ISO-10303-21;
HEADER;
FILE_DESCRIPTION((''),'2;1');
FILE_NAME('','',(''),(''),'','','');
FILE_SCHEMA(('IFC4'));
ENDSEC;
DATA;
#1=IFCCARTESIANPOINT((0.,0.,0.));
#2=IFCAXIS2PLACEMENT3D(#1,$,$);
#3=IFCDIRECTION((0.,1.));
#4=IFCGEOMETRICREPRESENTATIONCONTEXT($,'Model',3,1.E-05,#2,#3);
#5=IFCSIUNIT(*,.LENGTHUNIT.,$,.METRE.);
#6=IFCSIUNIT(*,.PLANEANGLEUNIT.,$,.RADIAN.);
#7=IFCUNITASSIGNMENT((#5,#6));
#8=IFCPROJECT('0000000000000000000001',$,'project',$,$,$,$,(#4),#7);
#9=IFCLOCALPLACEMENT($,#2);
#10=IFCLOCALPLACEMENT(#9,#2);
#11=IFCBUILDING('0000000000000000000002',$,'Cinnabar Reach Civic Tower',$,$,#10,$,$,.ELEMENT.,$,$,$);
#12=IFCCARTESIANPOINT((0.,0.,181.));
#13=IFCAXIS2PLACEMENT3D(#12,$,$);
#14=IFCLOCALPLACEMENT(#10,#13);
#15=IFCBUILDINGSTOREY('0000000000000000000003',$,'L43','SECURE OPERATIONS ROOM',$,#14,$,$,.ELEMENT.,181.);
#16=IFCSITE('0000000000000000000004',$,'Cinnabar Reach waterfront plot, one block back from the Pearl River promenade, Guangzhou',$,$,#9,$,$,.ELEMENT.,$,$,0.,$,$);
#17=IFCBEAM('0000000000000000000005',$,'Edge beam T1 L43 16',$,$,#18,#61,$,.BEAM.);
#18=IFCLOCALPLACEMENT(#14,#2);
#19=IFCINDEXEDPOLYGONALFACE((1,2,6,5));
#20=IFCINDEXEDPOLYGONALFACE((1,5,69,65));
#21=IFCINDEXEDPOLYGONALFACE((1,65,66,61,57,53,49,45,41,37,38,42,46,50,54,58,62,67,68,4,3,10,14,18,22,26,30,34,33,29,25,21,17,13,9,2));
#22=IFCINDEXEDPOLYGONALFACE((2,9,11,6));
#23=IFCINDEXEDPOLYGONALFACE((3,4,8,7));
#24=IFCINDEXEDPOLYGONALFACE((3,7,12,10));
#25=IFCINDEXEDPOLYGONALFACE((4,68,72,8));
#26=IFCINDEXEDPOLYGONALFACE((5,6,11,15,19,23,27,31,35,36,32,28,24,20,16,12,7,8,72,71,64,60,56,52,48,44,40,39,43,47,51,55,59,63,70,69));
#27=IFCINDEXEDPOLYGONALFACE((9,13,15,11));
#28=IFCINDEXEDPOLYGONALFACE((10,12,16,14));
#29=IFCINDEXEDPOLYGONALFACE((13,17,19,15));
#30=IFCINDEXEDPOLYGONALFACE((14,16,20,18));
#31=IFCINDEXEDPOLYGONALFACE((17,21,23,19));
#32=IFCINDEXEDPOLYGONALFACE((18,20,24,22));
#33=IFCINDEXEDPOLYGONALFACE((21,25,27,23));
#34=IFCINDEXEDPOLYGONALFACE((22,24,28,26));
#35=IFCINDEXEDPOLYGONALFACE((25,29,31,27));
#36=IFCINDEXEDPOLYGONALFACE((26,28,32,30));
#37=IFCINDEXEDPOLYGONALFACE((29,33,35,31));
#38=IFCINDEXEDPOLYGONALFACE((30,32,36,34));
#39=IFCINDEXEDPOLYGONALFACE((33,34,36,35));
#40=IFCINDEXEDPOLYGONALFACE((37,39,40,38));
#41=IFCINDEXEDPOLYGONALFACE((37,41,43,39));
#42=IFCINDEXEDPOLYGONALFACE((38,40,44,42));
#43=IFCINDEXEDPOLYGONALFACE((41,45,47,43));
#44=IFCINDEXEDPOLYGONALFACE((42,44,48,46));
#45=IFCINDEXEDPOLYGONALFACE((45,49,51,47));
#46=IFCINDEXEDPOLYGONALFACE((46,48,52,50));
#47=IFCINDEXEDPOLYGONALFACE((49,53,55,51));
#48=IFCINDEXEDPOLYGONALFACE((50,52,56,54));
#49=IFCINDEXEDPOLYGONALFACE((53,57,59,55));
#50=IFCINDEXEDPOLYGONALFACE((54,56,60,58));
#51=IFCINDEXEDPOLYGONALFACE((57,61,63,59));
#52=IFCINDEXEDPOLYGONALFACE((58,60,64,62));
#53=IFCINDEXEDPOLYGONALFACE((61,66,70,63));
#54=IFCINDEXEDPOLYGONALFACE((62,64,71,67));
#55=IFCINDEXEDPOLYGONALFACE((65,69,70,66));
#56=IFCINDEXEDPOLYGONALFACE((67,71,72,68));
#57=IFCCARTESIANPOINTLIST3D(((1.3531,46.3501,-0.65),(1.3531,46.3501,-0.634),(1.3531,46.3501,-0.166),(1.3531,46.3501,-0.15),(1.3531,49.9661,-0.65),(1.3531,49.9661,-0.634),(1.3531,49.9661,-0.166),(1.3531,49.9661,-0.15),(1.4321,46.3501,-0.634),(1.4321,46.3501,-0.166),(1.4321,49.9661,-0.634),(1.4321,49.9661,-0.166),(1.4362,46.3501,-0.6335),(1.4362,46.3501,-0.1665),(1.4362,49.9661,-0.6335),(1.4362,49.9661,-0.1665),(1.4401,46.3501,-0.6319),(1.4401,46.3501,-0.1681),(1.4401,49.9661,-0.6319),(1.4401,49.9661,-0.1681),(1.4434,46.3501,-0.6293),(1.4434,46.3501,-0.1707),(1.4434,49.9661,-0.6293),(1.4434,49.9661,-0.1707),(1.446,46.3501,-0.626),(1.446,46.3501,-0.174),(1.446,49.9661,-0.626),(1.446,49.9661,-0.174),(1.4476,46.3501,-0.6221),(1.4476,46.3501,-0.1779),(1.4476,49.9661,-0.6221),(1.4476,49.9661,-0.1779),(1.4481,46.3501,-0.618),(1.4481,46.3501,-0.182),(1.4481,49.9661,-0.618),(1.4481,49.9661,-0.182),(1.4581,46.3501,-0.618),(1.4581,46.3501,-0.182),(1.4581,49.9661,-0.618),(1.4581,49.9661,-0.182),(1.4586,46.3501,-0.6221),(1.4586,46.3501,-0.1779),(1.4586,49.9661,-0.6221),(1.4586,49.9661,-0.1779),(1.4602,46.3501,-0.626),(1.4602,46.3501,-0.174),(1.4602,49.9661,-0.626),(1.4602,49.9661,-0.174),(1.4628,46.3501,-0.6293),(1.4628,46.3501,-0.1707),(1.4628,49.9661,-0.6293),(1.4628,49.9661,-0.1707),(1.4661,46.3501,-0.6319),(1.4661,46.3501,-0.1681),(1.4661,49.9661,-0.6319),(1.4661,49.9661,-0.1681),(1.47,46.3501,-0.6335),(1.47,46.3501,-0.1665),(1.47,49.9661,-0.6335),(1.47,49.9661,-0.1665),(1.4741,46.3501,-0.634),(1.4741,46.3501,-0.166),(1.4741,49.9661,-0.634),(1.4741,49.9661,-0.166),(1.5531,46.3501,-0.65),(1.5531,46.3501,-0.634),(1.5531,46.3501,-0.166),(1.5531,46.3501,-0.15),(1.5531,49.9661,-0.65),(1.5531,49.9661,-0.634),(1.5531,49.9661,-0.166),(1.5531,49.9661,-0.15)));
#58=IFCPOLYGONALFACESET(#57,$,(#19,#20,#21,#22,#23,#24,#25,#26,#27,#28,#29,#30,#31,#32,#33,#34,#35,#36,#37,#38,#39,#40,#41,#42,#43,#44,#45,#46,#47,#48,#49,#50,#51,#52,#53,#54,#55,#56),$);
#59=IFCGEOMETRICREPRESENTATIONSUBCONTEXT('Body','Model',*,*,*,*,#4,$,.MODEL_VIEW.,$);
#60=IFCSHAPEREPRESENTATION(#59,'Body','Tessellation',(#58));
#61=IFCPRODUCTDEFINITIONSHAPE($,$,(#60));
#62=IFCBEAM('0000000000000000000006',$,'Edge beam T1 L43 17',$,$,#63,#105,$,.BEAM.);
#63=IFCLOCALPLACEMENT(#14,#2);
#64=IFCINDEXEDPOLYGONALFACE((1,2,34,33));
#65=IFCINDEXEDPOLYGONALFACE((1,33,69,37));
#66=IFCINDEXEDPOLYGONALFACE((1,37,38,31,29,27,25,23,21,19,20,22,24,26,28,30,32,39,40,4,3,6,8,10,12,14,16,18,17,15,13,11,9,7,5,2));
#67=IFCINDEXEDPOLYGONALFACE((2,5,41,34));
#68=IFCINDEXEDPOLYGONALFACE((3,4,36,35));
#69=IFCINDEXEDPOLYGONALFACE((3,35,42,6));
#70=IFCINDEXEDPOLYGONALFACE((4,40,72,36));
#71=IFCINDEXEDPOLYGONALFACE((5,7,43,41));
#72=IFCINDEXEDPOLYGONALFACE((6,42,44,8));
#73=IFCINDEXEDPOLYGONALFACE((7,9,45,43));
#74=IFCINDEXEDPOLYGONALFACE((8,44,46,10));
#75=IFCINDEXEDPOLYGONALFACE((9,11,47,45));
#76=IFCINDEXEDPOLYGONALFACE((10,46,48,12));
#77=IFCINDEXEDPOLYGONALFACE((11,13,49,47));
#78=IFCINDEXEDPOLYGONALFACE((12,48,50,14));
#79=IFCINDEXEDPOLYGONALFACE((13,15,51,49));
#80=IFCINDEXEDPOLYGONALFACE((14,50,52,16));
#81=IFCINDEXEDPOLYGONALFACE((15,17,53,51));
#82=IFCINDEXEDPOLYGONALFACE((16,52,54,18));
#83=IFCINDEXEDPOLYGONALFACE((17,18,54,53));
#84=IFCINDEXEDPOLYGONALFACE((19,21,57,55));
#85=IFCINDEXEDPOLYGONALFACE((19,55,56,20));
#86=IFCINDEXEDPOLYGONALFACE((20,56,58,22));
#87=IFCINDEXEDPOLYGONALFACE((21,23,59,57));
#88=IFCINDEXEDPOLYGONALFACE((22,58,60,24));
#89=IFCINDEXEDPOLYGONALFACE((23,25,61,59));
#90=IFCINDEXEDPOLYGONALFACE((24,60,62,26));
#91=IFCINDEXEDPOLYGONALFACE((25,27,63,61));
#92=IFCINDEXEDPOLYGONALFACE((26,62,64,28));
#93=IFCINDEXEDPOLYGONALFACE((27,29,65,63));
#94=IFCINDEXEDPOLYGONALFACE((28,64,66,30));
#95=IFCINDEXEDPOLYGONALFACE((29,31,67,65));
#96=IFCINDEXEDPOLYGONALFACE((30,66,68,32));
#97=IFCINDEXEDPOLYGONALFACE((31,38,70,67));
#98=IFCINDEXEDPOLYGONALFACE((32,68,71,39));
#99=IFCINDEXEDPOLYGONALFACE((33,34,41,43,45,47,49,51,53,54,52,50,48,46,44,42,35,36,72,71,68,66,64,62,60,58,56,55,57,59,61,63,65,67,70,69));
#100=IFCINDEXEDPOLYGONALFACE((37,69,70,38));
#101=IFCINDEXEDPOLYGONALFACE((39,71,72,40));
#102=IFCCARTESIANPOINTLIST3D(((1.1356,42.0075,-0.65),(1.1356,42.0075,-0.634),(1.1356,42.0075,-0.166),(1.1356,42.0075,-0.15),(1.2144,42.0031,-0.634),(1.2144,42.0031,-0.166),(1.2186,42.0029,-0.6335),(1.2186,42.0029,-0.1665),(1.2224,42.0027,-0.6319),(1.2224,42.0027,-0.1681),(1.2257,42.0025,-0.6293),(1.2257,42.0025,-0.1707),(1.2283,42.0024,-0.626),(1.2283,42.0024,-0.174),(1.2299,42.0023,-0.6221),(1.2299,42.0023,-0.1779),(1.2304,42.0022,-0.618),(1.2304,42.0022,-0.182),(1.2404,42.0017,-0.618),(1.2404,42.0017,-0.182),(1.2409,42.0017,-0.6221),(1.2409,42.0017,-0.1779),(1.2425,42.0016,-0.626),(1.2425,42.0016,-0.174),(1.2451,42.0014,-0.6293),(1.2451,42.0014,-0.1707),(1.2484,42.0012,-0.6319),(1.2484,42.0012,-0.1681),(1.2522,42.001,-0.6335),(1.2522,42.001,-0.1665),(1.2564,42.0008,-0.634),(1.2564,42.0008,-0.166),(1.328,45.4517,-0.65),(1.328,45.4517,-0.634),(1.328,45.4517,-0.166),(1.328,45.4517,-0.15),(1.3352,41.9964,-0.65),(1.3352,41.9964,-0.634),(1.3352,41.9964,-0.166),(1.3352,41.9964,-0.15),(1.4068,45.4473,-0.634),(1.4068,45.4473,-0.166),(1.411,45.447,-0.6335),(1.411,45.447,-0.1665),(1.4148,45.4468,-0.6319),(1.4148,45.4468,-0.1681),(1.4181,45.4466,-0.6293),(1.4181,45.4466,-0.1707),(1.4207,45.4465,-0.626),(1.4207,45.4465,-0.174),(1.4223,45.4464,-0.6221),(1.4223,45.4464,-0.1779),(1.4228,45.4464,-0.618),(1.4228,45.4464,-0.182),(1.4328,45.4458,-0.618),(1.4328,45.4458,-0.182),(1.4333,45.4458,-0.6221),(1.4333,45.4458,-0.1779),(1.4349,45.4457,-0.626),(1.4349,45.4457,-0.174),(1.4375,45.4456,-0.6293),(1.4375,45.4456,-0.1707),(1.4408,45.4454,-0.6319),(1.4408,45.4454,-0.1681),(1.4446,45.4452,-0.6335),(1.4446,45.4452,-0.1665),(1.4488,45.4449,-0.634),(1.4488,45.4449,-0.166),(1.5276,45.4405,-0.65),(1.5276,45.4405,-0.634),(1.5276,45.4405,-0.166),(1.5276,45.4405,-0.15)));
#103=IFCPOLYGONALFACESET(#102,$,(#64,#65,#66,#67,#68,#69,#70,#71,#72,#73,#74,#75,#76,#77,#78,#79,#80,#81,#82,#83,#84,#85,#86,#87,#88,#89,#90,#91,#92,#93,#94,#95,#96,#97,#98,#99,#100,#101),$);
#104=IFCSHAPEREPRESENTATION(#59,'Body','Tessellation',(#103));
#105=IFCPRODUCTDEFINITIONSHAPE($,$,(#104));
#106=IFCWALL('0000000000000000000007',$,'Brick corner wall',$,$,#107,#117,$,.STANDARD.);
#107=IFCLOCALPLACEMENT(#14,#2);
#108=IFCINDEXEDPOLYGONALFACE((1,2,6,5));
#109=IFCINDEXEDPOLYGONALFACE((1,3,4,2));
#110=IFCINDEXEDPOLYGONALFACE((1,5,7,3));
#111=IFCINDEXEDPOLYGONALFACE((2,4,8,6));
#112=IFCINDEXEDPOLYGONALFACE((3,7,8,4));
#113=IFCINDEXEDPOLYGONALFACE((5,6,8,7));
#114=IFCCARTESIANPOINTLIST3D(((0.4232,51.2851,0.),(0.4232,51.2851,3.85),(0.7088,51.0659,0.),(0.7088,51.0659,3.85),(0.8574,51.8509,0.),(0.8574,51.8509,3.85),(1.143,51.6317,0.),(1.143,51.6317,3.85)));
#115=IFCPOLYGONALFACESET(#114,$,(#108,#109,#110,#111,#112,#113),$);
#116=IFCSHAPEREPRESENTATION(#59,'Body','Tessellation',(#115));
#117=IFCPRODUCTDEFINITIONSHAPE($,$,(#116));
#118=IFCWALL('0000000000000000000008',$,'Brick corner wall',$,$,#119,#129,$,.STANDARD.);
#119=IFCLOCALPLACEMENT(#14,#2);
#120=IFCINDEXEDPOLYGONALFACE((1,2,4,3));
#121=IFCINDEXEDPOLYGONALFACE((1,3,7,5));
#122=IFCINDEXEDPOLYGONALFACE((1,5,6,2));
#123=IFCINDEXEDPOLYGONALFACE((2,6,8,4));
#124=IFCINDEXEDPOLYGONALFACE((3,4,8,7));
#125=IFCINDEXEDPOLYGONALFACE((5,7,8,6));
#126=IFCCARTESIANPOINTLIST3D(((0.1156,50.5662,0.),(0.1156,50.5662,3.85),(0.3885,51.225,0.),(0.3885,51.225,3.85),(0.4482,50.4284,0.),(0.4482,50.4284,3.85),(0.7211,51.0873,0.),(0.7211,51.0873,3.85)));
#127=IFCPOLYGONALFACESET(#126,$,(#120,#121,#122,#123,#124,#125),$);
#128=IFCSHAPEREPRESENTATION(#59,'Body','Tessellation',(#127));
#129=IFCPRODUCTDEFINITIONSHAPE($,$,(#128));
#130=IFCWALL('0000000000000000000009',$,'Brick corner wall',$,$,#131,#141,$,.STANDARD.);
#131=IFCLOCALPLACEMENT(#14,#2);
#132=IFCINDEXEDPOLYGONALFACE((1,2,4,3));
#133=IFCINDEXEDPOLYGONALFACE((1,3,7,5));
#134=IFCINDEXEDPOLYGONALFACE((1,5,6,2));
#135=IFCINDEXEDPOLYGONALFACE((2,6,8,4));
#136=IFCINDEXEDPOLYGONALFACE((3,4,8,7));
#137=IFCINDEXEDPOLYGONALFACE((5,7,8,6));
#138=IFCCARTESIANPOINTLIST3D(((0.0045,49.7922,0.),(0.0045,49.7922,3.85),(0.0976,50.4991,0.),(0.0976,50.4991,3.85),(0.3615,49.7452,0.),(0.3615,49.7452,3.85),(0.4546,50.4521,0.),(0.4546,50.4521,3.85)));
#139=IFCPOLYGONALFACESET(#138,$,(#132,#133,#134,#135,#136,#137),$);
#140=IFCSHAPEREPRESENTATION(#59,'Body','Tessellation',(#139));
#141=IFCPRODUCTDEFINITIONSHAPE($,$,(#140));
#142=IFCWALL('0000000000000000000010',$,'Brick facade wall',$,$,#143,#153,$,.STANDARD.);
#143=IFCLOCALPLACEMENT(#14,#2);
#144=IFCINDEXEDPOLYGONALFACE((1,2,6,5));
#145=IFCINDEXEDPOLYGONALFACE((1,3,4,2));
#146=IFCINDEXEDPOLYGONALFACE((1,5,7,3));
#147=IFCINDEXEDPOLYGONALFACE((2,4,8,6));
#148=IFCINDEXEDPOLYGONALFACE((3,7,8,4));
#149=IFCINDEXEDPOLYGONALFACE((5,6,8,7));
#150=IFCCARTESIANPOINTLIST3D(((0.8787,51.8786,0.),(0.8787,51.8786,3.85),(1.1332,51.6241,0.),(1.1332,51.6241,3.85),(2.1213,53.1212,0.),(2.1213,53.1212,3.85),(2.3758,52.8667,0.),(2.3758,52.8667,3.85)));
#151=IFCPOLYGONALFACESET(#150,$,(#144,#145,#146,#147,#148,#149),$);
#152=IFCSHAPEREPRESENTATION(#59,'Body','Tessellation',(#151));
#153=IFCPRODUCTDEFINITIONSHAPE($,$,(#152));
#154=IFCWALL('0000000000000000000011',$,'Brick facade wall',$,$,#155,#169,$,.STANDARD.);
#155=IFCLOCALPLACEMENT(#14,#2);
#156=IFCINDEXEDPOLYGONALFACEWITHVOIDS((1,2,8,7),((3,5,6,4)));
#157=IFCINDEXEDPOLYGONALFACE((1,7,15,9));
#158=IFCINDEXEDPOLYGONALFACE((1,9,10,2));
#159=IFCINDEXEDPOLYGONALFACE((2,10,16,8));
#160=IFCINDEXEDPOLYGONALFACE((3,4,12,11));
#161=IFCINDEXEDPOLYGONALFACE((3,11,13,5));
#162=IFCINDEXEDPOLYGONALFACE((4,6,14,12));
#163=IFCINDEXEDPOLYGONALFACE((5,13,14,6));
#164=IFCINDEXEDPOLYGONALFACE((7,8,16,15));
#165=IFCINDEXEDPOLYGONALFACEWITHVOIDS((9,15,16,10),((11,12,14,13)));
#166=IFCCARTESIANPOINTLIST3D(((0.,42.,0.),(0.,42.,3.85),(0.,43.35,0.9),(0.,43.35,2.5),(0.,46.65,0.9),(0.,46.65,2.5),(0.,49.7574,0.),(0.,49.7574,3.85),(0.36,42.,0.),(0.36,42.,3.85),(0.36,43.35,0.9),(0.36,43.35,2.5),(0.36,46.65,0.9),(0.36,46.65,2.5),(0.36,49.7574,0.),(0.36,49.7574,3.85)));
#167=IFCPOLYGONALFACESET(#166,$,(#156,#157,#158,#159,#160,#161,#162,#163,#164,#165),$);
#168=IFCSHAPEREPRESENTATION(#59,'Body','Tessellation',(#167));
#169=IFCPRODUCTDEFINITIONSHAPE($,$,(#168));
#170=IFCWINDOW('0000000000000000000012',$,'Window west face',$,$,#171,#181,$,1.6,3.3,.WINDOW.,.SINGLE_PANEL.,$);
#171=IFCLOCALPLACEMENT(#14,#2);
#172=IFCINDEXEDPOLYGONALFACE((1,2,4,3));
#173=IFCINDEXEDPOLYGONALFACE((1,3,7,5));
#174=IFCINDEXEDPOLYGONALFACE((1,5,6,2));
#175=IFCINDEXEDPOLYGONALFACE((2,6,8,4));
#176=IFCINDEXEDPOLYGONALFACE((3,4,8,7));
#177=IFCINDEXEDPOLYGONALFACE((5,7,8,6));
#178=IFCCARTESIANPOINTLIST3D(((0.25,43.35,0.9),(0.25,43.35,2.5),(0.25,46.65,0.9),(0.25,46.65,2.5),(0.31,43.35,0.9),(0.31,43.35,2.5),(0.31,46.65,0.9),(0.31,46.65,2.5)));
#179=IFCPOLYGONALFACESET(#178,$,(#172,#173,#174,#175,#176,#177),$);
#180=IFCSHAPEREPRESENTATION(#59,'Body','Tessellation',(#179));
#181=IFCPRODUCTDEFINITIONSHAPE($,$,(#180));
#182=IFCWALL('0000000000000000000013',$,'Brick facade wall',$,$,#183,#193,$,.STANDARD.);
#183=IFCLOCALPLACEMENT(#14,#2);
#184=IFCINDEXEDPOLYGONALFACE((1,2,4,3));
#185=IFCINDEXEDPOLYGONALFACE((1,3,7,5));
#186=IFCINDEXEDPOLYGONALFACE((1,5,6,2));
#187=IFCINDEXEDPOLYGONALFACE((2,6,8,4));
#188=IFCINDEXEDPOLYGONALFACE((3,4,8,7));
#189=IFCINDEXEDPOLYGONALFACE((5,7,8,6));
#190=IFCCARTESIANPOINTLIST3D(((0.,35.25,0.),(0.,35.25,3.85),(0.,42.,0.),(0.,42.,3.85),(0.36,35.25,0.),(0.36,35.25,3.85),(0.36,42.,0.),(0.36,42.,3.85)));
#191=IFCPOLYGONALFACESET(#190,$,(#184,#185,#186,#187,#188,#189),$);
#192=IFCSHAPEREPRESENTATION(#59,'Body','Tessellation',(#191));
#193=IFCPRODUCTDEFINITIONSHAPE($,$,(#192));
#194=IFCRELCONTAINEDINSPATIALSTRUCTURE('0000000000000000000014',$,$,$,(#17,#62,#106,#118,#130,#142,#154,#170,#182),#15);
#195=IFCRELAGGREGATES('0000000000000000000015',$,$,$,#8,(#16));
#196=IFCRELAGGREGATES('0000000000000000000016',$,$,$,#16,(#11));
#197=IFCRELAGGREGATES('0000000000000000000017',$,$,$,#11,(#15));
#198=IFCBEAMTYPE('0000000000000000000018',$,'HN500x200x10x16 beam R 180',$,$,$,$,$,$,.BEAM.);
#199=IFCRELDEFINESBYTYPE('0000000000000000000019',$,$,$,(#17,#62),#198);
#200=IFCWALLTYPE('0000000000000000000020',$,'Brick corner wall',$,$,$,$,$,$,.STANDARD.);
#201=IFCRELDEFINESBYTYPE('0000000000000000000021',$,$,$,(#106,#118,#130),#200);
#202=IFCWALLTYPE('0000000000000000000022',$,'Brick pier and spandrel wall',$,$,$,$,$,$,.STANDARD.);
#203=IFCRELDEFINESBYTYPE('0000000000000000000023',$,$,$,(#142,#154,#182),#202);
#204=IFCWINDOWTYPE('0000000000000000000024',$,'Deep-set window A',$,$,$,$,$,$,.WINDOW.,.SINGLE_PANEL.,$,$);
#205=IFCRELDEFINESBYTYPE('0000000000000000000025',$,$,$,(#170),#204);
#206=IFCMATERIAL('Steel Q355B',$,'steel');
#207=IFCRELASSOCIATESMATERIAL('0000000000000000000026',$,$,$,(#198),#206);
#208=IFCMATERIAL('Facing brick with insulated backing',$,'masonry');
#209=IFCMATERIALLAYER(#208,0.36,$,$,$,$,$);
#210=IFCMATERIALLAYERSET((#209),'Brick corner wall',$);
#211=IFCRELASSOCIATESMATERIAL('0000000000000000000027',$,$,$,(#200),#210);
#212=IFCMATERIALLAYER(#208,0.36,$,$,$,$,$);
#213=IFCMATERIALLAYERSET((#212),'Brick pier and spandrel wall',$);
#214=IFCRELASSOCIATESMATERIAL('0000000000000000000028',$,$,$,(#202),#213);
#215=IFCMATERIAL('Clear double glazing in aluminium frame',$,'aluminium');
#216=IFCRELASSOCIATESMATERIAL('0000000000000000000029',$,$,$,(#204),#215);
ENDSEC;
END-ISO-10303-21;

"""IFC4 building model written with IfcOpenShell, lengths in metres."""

from ifc_helpers import new_model, si_unit, direction, frame, frame_2d, origin, origin_2d, place, context, subcontext, project, spatial, rectangle, i_section, extrude, material, layer, layer_set, material_profile, profile_set, type_object, element, fill, save


model = new_model("IFC4")

# Units and contexts
model_context = context("Model", 3, precision=1e-05, world=origin(), true_north=direction((0.0, 1.0)))
body_context = subcontext(model_context, "Body", "Model", "MODEL_VIEW")
ifc_project = project(units=[si_unit("LENGTHUNIT", "METRE"), si_unit("PLANEANGLEUNIT", "RADIAN")], contexts=[model_context])

# Site, building, storey
site_placement = place(None, origin())
site = spatial("IfcSite", under=ifc_project, at=site_placement, Name="Cinnabar Reach waterfront plot, one block back from the Pearl River promenade, Guangzhou", CompositionType="ELEMENT", RefElevation=0.0)
building_placement = place(site_placement, origin())
building = spatial("IfcBuilding", under=site, at=building_placement, Name="Cinnabar Reach Civic Tower", CompositionType="ELEMENT")
storey_placement = place(building_placement, frame((0.0, 0.0, 181.0)))
storey = spatial("IfcBuildingStorey", under=building, at=storey_placement, Name="L43", Description="SECURE OPERATIONS ROOM", CompositionType="ELEMENT", Elevation=181.0)

# Beams
ifc_material_1 = material(Name="Steel Q355B", Category="steel")
ifc_material_profile_1 = material_profile(ifc_material_1, i_section(OverallWidth=0.2, OverallDepth=0.5, WebThickness=0.01, FlangeThickness=0.016, FilletRadius=0.016, at=origin_2d()), Name="HN500x200x10x16")
ifc_profile_set_1 = profile_set([ifc_material_profile_1], Name="Steel Q355B")
beam_type_1 = type_object("IfcBeamType", Name="HN500x200x10x16 beam R 180", PredefinedType="BEAM", material=ifc_profile_set_1)
beam_1_placement = place(storey_placement, frame((1.4531, 49.9661, -0.4), z_axis=(0.0, -1.0, 0.0), x_axis=(1.0, 0.0, 0.0)))
element("IfcBeam", 1, at=beam_1_placement, inside=storey, type_object=beam_type_1, Name="Edge beam T1 L43 16", PredefinedType="BEAM", context=body_context, shape_type="SweptSolid", body=[
    extrude(i_section(OverallWidth=0.2, OverallDepth=0.5, WebThickness=0.01, FlangeThickness=0.016, FilletRadius=0.016, at=origin_2d()), origin(), (0.0, 0.0, 1.0), 3.616),
])
beam_2_placement = place(storey_placement, frame((1.4278, 45.4461, -0.4), z_axis=(-0.055777, -0.998443, 0.0), x_axis=(0.998443, -0.055777, 0.0)))
element("IfcBeam", 2, at=beam_2_placement, inside=storey, type_object=beam_type_1, Name="Edge beam T1 L43 17", PredefinedType="BEAM", context=body_context, shape_type="SweptSolid", body=[
    extrude(i_section(OverallWidth=0.2, OverallDepth=0.5, WebThickness=0.01, FlangeThickness=0.016, FilletRadius=0.016, at=origin_2d()), origin(), (0.0, 0.0, 1.0), 3.4495),
])

# Walls
ifc_material_2 = material(Name="Facing brick with insulated backing", Category="masonry")
ifc_layer_1 = layer(ifc_material_2, 0.36)
ifc_layer_set_1 = layer_set([ifc_layer_1], Name="Brick corner wall")
wall_type_1 = type_object("IfcWallType", Name="Brick corner wall", PredefinedType="STANDARD", material=ifc_layer_set_1)
wall_1_placement = place(storey_placement, frame((1.0002, 51.7413, 0.0), z_axis=(0.0, 0.0, 1.0), x_axis=(-0.608802, -0.793322, 0.0)))
element("IfcWall", 3, at=wall_1_placement, inside=storey, type_object=wall_type_1, Name="Brick corner wall", PredefinedType="STANDARD", context=body_context, shape_type="SweptSolid", body=[
    extrude(rectangle(XDim=0.7132, YDim=0.36, at=frame_2d((0.3566, 0.0))), origin(), (0.0, 0.0, 1.0), 3.85),
])
for number, where, z_axis, x_axis, name in (
    (4, (0.5548, 51.1561, 0.0), (0.0, 0.0, 1.0), (-0.382703, -0.923872, 0.0), "Brick corner wall"),
    (5, (0.2761, 50.4756, 0.0), (0.0, 0.0, 1.0), (-0.130556, -0.991441, 0.0), "Brick corner wall"),
):
    element("IfcWall", number, at=place(storey_placement, frame(where, z_axis=z_axis, x_axis=x_axis)), inside=storey, type_object=wall_type_1, Name=name, PredefinedType="STANDARD", context=body_context, shape_type="SweptSolid", body=[
        extrude(rectangle(XDim=0.7131, YDim=0.36, at=frame_2d((0.3565, 0.0))), origin(), (0.0, 0.0, 1.0), 3.85),
    ])
ifc_layer_2 = layer(ifc_material_2, 0.36)
ifc_layer_set_2 = layer_set([ifc_layer_2], Name="Brick pier and spandrel wall")
wall_type_2 = type_object("IfcWallType", Name="Brick pier and spandrel wall", PredefinedType="STANDARD", material=ifc_layer_set_2)
wall_2_placement = place(storey_placement, frame((2.2486, 52.994, 0.0), z_axis=(0.0, 0.0, 1.0), x_axis=(-0.707107, -0.707107, 0.0)))
element("IfcWall", 6, at=wall_2_placement, inside=storey, type_object=wall_type_2, Name="Brick facade wall", PredefinedType="STANDARD", context=body_context, shape_type="SweptSolid", body=[
    extrude(rectangle(XDim=1.7573, YDim=0.36, at=frame_2d((0.8787, 0.0))), origin(), (0.0, 0.0, 1.0), 3.85),
])

# Wall, opening, window
wall_3_placement = place(storey_placement, frame((0.18, 49.7574, 0.0), z_axis=(0.0, 0.0, 1.0), x_axis=(0.0, -1.0, 0.0)))
wall_3 = element("IfcWall", 7, at=wall_3_placement, inside=storey, type_object=wall_type_2, Name="Brick facade wall", PredefinedType="STANDARD", context=body_context, shape_type="SweptSolid", body=[
    extrude(rectangle(XDim=7.7574, YDim=0.36, at=frame_2d((3.8787, 0.0))), origin(), (0.0, 0.0, 1.0), 3.85),
])
opening_1_placement = place(wall_3_placement, frame((3.1074, 0.0, 0.9)))
opening_1 = element("IfcOpeningElement", 8, at=opening_1_placement, cuts=wall_3, PredefinedType="OPENING", context=body_context, shape_type="SweptSolid", body=[
    extrude(rectangle(XDim=3.3, YDim=1.6, at=frame_2d((1.65, 0.8))), frame((0.0, 0.19, 0.0), z_axis=(0.0, -1.0, 0.0), x_axis=(1.0, 0.0, 0.0)), (0.0, 0.0, 1.0), 0.38),
])
ifc_material_3 = material(Name="Clear double glazing in aluminium frame", Category="aluminium")
window_type = type_object("IfcWindowType", Name="Deep-set window A", PartitioningType="SINGLE_PANEL", PredefinedType="WINDOW", material=ifc_material_3)
window_placement = place(opening_1_placement, origin())
window = element("IfcWindow", 9, at=window_placement, inside=storey, type_object=window_type, Name="Window west face", OverallHeight=1.6, OverallWidth=3.3, PartitioningType="SINGLE_PANEL", PredefinedType="WINDOW", context=body_context, shape_type="SweptSolid", body=[
    extrude(rectangle(XDim=3.3, YDim=1.6, at=frame_2d((1.65, 0.8))), frame((0.0, 0.13, 0.0), z_axis=(0.0, -1.0, 0.0), x_axis=(1.0, 0.0, 0.0)), (0.0, 0.0, 1.0), 0.06),
])
fill(opening_1, window)

# Wall
wall_4_placement = place(storey_placement, frame((0.18, 42.0, 0.0), z_axis=(0.0, 0.0, 1.0), x_axis=(0.0, -1.0, 0.0)))
element("IfcWall", 10, at=wall_4_placement, inside=storey, type_object=wall_type_2, Name="Brick facade wall", PredefinedType="STANDARD", context=body_context, shape_type="SweptSolid", body=[
    extrude(rectangle(XDim=6.75, YDim=0.36, at=frame_2d((3.375, 0.0))), origin(), (0.0, 0.0, 1.0), 3.85),
])

save(model, "model.ifc")
